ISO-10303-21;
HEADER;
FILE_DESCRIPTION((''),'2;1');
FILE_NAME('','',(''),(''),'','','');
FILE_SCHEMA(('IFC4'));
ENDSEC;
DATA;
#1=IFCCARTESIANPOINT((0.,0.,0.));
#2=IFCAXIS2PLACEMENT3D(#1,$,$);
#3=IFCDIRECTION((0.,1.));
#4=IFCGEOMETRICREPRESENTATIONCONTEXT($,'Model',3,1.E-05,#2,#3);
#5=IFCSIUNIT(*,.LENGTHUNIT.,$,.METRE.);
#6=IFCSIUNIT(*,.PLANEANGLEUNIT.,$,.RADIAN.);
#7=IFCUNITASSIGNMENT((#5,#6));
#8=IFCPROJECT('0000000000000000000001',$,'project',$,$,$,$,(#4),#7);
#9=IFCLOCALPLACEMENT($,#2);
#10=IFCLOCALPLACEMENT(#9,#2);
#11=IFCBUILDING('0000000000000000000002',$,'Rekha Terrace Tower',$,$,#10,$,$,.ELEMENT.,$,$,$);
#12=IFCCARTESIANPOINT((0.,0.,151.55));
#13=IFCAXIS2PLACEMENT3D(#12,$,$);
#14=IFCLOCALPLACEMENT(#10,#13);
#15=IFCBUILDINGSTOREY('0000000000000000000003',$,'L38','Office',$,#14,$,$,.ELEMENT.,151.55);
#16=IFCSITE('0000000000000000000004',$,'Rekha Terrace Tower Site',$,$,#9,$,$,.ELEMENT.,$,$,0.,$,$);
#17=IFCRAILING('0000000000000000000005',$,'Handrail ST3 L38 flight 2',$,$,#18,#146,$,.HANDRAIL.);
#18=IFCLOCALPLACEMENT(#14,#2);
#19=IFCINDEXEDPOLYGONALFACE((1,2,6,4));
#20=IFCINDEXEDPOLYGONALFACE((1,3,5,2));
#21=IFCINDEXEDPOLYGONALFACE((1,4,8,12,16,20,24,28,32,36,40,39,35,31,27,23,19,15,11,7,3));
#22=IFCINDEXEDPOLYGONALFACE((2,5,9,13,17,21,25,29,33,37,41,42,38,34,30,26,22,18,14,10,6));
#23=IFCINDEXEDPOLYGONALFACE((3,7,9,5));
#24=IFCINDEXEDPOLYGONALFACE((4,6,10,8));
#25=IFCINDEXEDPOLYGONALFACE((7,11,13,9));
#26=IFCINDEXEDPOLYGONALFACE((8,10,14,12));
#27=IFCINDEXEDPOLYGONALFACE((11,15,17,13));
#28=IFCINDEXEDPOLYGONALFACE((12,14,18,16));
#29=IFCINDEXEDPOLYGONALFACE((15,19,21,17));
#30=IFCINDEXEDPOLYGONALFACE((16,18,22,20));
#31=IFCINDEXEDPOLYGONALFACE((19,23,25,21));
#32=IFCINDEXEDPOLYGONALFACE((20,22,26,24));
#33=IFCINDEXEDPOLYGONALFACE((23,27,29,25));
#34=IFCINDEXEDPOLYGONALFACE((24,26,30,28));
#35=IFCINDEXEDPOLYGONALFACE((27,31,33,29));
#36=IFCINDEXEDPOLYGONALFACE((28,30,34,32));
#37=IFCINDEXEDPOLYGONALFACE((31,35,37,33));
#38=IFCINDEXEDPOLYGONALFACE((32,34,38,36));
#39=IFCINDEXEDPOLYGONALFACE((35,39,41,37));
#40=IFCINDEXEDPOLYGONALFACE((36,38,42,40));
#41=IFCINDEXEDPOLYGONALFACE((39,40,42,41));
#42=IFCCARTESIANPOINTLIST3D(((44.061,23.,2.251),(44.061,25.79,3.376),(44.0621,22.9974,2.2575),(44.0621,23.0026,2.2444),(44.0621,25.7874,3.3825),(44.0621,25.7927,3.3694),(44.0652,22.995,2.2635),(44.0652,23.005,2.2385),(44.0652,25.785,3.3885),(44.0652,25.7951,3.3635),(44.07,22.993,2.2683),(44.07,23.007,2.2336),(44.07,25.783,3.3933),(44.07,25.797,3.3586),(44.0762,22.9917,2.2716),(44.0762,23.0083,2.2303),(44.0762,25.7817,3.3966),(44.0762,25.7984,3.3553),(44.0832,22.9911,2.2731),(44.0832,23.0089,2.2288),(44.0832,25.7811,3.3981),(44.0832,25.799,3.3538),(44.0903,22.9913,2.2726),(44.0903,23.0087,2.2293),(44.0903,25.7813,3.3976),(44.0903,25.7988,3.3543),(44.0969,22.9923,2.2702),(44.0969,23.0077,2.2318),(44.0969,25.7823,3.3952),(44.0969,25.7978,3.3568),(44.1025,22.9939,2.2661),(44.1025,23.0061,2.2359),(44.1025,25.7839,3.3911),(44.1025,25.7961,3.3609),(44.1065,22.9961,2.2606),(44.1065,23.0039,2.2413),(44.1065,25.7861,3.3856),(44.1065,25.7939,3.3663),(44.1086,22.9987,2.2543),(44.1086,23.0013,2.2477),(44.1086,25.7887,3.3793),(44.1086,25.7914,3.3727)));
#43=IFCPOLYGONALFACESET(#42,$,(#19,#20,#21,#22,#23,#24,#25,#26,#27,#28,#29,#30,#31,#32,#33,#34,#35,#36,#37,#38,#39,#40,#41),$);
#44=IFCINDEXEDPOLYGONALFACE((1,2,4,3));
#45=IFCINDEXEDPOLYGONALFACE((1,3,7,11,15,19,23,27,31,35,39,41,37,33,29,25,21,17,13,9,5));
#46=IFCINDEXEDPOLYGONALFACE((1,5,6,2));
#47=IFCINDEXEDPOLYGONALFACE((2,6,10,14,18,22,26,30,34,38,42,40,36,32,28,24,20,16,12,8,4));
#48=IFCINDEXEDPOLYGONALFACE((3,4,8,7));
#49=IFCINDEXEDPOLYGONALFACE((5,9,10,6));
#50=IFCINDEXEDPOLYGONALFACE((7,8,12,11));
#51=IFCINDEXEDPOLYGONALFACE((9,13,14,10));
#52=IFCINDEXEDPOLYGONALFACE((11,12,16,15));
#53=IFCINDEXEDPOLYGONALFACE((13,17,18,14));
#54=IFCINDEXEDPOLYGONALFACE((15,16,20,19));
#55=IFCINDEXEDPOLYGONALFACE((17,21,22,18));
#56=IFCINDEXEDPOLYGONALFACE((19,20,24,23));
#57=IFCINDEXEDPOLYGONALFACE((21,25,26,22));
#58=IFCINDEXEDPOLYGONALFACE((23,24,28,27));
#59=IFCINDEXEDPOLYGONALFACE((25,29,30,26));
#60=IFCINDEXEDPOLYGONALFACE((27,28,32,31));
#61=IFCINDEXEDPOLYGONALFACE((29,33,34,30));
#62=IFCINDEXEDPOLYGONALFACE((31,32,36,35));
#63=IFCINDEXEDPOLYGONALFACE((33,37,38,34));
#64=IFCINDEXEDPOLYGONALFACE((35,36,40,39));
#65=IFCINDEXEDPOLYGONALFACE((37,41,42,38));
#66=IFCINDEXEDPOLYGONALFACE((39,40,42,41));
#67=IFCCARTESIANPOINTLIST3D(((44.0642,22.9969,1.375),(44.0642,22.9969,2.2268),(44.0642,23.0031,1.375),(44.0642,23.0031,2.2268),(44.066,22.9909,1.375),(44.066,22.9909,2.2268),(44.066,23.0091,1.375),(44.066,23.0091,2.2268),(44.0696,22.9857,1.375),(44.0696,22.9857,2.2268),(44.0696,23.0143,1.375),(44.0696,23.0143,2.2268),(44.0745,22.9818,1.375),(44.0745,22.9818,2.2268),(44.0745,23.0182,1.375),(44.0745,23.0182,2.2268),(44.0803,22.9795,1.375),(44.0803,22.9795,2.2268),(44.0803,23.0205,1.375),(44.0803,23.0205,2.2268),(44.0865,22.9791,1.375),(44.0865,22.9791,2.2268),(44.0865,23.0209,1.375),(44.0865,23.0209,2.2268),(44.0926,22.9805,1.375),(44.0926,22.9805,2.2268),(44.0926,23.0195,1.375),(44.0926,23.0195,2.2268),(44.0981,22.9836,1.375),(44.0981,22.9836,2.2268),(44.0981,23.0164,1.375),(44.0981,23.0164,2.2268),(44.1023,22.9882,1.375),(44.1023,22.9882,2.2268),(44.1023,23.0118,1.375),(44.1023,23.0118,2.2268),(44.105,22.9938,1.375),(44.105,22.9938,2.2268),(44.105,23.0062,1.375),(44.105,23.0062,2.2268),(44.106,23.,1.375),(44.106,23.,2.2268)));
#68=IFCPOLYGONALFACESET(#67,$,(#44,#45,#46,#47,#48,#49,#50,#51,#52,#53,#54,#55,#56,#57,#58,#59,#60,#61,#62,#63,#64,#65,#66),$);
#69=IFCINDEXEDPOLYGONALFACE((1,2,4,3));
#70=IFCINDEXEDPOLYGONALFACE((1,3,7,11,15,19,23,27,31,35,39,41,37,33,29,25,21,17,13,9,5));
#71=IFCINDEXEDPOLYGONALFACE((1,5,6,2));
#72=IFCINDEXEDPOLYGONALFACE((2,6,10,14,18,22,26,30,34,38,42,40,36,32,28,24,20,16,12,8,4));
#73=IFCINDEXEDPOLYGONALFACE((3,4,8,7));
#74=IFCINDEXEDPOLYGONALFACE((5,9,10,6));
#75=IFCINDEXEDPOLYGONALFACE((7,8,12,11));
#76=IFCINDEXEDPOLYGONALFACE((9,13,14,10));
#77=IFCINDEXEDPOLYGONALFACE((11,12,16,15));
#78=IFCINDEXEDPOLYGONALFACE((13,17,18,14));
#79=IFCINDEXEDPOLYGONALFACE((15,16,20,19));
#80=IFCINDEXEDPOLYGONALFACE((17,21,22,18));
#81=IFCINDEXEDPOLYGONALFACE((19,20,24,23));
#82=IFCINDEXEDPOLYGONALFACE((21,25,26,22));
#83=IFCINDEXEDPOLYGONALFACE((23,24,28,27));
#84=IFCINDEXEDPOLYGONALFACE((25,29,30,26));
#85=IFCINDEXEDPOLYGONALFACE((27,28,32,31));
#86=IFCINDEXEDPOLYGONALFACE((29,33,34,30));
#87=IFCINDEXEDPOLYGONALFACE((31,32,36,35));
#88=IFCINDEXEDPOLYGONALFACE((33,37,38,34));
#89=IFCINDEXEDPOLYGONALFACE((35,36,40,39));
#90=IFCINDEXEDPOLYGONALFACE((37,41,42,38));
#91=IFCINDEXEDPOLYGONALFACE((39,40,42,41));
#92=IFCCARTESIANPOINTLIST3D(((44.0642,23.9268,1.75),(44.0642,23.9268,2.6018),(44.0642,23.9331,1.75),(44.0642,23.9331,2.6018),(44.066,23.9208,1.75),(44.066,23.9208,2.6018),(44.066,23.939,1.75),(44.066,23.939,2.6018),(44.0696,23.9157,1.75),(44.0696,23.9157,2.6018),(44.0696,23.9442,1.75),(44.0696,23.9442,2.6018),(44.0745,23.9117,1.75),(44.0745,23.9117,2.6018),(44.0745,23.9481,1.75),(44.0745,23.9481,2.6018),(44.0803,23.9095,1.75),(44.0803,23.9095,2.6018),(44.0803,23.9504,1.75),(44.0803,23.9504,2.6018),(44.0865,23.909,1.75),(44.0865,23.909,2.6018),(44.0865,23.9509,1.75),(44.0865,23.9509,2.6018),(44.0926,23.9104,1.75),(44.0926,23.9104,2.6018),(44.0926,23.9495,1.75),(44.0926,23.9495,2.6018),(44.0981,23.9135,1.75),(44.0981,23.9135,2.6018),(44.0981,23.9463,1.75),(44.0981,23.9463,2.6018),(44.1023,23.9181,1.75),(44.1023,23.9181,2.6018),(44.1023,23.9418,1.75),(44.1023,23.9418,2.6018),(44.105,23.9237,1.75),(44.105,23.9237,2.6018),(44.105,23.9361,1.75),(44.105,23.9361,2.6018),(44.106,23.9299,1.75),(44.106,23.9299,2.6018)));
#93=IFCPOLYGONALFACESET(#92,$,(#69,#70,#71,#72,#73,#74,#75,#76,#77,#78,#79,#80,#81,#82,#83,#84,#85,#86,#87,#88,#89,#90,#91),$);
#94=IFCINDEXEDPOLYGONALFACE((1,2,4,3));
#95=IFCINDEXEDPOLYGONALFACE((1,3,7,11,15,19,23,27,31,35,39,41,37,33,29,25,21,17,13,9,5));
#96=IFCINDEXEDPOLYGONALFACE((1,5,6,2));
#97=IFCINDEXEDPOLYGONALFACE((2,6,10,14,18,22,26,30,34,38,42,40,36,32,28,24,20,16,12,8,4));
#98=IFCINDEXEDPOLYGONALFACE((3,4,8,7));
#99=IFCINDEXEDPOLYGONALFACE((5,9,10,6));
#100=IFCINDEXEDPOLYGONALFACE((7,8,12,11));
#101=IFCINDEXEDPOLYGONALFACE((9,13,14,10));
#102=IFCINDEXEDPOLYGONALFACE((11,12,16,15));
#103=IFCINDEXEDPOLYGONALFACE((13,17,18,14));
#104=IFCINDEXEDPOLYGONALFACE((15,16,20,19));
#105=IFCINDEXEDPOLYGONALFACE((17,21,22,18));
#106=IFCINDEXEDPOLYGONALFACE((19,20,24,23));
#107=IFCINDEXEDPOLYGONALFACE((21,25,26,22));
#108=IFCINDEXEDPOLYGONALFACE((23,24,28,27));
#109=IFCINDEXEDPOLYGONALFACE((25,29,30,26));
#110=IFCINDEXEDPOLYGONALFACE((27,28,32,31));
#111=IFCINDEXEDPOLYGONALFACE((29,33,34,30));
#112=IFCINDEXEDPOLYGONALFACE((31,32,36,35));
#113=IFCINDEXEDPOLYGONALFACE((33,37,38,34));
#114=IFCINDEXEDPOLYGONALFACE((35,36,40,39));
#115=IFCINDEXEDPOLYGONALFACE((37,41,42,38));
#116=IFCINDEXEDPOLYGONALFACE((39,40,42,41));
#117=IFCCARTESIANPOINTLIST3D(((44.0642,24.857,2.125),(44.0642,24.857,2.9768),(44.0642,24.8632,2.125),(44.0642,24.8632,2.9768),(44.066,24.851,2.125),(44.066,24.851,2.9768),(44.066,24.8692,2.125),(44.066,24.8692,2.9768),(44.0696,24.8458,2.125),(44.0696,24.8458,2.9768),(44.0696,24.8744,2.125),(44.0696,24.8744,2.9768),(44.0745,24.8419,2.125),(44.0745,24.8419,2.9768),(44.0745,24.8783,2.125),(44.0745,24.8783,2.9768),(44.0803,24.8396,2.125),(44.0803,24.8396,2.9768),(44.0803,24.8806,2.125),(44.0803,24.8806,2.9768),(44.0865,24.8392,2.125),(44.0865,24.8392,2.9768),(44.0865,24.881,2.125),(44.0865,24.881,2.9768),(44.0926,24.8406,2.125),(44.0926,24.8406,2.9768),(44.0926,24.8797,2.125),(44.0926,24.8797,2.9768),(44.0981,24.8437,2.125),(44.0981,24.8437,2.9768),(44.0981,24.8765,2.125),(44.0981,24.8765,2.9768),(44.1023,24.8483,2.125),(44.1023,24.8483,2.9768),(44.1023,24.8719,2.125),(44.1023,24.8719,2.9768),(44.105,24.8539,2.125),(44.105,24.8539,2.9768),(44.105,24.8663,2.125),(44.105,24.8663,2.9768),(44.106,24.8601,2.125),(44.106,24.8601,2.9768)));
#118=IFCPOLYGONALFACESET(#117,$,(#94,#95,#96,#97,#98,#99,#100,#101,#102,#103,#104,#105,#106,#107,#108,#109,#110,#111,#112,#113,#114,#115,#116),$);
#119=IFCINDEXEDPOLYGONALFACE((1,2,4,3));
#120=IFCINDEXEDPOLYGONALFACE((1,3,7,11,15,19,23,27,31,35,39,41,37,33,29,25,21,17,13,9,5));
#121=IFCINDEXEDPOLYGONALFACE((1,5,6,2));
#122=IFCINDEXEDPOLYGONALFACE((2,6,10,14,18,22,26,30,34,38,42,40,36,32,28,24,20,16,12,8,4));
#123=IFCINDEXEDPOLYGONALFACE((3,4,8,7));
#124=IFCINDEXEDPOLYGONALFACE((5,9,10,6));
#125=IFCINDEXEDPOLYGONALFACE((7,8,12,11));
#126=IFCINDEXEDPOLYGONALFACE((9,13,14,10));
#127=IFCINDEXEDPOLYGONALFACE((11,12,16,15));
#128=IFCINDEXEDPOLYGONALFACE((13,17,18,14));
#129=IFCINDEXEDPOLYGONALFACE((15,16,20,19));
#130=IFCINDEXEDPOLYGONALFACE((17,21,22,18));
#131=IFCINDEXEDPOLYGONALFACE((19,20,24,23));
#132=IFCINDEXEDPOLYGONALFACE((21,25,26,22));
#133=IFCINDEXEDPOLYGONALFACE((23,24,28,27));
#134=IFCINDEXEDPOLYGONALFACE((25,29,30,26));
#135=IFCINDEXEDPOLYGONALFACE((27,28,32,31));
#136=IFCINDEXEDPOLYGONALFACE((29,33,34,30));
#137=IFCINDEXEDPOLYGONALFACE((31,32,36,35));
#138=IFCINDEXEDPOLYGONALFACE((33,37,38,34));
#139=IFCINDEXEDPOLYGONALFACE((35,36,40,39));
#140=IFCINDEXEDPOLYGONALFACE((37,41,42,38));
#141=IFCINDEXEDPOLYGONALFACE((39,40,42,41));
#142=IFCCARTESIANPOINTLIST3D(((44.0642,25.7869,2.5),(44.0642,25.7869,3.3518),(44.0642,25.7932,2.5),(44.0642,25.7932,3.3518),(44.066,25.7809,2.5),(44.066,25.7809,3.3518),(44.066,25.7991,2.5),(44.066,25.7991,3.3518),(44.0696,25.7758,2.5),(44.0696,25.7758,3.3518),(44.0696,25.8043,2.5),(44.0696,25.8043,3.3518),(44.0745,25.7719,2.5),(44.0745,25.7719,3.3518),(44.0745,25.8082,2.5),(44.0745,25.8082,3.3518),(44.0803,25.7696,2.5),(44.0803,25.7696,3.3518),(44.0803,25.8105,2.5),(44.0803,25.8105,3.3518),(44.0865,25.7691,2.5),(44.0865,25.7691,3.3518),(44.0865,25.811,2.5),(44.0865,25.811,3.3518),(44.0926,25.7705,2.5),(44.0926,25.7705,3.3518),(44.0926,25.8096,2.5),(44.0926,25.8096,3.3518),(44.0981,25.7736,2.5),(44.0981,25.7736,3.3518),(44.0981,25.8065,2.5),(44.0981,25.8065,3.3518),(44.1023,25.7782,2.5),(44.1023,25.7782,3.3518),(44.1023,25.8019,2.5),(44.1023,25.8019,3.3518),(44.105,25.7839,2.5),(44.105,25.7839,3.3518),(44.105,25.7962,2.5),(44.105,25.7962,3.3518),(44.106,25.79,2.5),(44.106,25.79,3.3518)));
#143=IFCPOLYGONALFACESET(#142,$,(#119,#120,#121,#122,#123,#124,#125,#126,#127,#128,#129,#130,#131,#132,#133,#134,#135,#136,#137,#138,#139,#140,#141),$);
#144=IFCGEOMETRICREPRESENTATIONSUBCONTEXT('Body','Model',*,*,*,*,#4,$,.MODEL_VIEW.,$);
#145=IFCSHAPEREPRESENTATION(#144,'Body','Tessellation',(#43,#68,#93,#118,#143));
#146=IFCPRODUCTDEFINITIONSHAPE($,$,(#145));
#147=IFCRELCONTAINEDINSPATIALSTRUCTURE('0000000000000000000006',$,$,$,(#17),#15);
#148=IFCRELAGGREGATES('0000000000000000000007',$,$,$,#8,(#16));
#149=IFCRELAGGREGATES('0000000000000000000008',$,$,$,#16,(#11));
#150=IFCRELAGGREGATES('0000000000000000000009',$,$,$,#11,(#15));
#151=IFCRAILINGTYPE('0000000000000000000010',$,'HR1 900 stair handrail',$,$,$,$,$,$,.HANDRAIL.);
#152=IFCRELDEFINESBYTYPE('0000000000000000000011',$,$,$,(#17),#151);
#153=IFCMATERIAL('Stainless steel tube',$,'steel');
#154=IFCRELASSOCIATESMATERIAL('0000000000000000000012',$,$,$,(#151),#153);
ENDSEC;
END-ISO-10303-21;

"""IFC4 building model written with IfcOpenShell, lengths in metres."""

from ifc_helpers import new_model, si_unit, direction, frame, origin, origin_2d, place, context, subcontext, project, spatial, circle, extrude, material, type_object, element, save


model = new_model("IFC4")

# Units and contexts
model_context = context("Model", 3, precision=1e-05, world=origin(), true_north=direction((0.0, 1.0)))
body_context = subcontext(model_context, "Body", "Model", "MODEL_VIEW")
ifc_project = project(units=[si_unit("LENGTHUNIT", "METRE"), si_unit("PLANEANGLEUNIT", "RADIAN")], contexts=[model_context])

# Site, building, storey
site_placement = place(None, origin())
site = spatial("IfcSite", under=ifc_project, at=site_placement, Name="Rekha Terrace Tower Site", CompositionType="ELEMENT", RefElevation=0.0)
building_placement = place(site_placement, origin())
building = spatial("IfcBuilding", under=site, at=building_placement, Name="Rekha Terrace Tower", CompositionType="ELEMENT")
storey_placement = place(building_placement, frame((0.0, 0.0, 151.55)))
storey = spatial("IfcBuildingStorey", under=building, at=storey_placement, Name="L38", Description="Office", CompositionType="ELEMENT", Elevation=151.55)

# Railing
ifc_material_1 = material(Name="Stainless steel tube", Category="steel")
railing_type_1 = type_object("IfcRailingType", Name="HR1 900 stair handrail", PredefinedType="HANDRAIL", material=ifc_material_1)
railing_1_placement = place(storey_placement, frame((44.085, 23.0, 1.375)))
element("IfcRailing", 1, at=railing_1_placement, inside=storey, type_object=railing_type_1, Name="Handrail ST3 L38 flight 2", PredefinedType="HANDRAIL", context=body_context, shape_type="SweptSolid", body=[
    extrude(circle(Radius=0.0239, at=origin_2d()), frame((0.0, 0.0, 0.876), z_axis=(0.0, 0.927443, 0.373964), x_axis=(-1.0, 0.0, 0.0)), (0.0, 0.0, 1.0), 3.0083),
    extrude(circle(Radius=0.021, at=origin_2d()), origin(), (0.0, 0.0, 1.0), 0.8518),
    extrude(circle(Radius=0.021, at=origin_2d()), frame((0.0, 0.9299, 0.375)), (0.0, 0.0, 1.0), 0.8518),
    extrude(circle(Radius=0.021, at=origin_2d()), frame((0.0, 1.8601, 0.75)), (0.0, 0.0, 1.0), 0.8518),
    extrude(circle(Radius=0.021, at=origin_2d()), frame((0.0, 2.79, 1.125)), (0.0, 0.0, 1.0), 0.8518),
])

save(model, "model.ifc")
